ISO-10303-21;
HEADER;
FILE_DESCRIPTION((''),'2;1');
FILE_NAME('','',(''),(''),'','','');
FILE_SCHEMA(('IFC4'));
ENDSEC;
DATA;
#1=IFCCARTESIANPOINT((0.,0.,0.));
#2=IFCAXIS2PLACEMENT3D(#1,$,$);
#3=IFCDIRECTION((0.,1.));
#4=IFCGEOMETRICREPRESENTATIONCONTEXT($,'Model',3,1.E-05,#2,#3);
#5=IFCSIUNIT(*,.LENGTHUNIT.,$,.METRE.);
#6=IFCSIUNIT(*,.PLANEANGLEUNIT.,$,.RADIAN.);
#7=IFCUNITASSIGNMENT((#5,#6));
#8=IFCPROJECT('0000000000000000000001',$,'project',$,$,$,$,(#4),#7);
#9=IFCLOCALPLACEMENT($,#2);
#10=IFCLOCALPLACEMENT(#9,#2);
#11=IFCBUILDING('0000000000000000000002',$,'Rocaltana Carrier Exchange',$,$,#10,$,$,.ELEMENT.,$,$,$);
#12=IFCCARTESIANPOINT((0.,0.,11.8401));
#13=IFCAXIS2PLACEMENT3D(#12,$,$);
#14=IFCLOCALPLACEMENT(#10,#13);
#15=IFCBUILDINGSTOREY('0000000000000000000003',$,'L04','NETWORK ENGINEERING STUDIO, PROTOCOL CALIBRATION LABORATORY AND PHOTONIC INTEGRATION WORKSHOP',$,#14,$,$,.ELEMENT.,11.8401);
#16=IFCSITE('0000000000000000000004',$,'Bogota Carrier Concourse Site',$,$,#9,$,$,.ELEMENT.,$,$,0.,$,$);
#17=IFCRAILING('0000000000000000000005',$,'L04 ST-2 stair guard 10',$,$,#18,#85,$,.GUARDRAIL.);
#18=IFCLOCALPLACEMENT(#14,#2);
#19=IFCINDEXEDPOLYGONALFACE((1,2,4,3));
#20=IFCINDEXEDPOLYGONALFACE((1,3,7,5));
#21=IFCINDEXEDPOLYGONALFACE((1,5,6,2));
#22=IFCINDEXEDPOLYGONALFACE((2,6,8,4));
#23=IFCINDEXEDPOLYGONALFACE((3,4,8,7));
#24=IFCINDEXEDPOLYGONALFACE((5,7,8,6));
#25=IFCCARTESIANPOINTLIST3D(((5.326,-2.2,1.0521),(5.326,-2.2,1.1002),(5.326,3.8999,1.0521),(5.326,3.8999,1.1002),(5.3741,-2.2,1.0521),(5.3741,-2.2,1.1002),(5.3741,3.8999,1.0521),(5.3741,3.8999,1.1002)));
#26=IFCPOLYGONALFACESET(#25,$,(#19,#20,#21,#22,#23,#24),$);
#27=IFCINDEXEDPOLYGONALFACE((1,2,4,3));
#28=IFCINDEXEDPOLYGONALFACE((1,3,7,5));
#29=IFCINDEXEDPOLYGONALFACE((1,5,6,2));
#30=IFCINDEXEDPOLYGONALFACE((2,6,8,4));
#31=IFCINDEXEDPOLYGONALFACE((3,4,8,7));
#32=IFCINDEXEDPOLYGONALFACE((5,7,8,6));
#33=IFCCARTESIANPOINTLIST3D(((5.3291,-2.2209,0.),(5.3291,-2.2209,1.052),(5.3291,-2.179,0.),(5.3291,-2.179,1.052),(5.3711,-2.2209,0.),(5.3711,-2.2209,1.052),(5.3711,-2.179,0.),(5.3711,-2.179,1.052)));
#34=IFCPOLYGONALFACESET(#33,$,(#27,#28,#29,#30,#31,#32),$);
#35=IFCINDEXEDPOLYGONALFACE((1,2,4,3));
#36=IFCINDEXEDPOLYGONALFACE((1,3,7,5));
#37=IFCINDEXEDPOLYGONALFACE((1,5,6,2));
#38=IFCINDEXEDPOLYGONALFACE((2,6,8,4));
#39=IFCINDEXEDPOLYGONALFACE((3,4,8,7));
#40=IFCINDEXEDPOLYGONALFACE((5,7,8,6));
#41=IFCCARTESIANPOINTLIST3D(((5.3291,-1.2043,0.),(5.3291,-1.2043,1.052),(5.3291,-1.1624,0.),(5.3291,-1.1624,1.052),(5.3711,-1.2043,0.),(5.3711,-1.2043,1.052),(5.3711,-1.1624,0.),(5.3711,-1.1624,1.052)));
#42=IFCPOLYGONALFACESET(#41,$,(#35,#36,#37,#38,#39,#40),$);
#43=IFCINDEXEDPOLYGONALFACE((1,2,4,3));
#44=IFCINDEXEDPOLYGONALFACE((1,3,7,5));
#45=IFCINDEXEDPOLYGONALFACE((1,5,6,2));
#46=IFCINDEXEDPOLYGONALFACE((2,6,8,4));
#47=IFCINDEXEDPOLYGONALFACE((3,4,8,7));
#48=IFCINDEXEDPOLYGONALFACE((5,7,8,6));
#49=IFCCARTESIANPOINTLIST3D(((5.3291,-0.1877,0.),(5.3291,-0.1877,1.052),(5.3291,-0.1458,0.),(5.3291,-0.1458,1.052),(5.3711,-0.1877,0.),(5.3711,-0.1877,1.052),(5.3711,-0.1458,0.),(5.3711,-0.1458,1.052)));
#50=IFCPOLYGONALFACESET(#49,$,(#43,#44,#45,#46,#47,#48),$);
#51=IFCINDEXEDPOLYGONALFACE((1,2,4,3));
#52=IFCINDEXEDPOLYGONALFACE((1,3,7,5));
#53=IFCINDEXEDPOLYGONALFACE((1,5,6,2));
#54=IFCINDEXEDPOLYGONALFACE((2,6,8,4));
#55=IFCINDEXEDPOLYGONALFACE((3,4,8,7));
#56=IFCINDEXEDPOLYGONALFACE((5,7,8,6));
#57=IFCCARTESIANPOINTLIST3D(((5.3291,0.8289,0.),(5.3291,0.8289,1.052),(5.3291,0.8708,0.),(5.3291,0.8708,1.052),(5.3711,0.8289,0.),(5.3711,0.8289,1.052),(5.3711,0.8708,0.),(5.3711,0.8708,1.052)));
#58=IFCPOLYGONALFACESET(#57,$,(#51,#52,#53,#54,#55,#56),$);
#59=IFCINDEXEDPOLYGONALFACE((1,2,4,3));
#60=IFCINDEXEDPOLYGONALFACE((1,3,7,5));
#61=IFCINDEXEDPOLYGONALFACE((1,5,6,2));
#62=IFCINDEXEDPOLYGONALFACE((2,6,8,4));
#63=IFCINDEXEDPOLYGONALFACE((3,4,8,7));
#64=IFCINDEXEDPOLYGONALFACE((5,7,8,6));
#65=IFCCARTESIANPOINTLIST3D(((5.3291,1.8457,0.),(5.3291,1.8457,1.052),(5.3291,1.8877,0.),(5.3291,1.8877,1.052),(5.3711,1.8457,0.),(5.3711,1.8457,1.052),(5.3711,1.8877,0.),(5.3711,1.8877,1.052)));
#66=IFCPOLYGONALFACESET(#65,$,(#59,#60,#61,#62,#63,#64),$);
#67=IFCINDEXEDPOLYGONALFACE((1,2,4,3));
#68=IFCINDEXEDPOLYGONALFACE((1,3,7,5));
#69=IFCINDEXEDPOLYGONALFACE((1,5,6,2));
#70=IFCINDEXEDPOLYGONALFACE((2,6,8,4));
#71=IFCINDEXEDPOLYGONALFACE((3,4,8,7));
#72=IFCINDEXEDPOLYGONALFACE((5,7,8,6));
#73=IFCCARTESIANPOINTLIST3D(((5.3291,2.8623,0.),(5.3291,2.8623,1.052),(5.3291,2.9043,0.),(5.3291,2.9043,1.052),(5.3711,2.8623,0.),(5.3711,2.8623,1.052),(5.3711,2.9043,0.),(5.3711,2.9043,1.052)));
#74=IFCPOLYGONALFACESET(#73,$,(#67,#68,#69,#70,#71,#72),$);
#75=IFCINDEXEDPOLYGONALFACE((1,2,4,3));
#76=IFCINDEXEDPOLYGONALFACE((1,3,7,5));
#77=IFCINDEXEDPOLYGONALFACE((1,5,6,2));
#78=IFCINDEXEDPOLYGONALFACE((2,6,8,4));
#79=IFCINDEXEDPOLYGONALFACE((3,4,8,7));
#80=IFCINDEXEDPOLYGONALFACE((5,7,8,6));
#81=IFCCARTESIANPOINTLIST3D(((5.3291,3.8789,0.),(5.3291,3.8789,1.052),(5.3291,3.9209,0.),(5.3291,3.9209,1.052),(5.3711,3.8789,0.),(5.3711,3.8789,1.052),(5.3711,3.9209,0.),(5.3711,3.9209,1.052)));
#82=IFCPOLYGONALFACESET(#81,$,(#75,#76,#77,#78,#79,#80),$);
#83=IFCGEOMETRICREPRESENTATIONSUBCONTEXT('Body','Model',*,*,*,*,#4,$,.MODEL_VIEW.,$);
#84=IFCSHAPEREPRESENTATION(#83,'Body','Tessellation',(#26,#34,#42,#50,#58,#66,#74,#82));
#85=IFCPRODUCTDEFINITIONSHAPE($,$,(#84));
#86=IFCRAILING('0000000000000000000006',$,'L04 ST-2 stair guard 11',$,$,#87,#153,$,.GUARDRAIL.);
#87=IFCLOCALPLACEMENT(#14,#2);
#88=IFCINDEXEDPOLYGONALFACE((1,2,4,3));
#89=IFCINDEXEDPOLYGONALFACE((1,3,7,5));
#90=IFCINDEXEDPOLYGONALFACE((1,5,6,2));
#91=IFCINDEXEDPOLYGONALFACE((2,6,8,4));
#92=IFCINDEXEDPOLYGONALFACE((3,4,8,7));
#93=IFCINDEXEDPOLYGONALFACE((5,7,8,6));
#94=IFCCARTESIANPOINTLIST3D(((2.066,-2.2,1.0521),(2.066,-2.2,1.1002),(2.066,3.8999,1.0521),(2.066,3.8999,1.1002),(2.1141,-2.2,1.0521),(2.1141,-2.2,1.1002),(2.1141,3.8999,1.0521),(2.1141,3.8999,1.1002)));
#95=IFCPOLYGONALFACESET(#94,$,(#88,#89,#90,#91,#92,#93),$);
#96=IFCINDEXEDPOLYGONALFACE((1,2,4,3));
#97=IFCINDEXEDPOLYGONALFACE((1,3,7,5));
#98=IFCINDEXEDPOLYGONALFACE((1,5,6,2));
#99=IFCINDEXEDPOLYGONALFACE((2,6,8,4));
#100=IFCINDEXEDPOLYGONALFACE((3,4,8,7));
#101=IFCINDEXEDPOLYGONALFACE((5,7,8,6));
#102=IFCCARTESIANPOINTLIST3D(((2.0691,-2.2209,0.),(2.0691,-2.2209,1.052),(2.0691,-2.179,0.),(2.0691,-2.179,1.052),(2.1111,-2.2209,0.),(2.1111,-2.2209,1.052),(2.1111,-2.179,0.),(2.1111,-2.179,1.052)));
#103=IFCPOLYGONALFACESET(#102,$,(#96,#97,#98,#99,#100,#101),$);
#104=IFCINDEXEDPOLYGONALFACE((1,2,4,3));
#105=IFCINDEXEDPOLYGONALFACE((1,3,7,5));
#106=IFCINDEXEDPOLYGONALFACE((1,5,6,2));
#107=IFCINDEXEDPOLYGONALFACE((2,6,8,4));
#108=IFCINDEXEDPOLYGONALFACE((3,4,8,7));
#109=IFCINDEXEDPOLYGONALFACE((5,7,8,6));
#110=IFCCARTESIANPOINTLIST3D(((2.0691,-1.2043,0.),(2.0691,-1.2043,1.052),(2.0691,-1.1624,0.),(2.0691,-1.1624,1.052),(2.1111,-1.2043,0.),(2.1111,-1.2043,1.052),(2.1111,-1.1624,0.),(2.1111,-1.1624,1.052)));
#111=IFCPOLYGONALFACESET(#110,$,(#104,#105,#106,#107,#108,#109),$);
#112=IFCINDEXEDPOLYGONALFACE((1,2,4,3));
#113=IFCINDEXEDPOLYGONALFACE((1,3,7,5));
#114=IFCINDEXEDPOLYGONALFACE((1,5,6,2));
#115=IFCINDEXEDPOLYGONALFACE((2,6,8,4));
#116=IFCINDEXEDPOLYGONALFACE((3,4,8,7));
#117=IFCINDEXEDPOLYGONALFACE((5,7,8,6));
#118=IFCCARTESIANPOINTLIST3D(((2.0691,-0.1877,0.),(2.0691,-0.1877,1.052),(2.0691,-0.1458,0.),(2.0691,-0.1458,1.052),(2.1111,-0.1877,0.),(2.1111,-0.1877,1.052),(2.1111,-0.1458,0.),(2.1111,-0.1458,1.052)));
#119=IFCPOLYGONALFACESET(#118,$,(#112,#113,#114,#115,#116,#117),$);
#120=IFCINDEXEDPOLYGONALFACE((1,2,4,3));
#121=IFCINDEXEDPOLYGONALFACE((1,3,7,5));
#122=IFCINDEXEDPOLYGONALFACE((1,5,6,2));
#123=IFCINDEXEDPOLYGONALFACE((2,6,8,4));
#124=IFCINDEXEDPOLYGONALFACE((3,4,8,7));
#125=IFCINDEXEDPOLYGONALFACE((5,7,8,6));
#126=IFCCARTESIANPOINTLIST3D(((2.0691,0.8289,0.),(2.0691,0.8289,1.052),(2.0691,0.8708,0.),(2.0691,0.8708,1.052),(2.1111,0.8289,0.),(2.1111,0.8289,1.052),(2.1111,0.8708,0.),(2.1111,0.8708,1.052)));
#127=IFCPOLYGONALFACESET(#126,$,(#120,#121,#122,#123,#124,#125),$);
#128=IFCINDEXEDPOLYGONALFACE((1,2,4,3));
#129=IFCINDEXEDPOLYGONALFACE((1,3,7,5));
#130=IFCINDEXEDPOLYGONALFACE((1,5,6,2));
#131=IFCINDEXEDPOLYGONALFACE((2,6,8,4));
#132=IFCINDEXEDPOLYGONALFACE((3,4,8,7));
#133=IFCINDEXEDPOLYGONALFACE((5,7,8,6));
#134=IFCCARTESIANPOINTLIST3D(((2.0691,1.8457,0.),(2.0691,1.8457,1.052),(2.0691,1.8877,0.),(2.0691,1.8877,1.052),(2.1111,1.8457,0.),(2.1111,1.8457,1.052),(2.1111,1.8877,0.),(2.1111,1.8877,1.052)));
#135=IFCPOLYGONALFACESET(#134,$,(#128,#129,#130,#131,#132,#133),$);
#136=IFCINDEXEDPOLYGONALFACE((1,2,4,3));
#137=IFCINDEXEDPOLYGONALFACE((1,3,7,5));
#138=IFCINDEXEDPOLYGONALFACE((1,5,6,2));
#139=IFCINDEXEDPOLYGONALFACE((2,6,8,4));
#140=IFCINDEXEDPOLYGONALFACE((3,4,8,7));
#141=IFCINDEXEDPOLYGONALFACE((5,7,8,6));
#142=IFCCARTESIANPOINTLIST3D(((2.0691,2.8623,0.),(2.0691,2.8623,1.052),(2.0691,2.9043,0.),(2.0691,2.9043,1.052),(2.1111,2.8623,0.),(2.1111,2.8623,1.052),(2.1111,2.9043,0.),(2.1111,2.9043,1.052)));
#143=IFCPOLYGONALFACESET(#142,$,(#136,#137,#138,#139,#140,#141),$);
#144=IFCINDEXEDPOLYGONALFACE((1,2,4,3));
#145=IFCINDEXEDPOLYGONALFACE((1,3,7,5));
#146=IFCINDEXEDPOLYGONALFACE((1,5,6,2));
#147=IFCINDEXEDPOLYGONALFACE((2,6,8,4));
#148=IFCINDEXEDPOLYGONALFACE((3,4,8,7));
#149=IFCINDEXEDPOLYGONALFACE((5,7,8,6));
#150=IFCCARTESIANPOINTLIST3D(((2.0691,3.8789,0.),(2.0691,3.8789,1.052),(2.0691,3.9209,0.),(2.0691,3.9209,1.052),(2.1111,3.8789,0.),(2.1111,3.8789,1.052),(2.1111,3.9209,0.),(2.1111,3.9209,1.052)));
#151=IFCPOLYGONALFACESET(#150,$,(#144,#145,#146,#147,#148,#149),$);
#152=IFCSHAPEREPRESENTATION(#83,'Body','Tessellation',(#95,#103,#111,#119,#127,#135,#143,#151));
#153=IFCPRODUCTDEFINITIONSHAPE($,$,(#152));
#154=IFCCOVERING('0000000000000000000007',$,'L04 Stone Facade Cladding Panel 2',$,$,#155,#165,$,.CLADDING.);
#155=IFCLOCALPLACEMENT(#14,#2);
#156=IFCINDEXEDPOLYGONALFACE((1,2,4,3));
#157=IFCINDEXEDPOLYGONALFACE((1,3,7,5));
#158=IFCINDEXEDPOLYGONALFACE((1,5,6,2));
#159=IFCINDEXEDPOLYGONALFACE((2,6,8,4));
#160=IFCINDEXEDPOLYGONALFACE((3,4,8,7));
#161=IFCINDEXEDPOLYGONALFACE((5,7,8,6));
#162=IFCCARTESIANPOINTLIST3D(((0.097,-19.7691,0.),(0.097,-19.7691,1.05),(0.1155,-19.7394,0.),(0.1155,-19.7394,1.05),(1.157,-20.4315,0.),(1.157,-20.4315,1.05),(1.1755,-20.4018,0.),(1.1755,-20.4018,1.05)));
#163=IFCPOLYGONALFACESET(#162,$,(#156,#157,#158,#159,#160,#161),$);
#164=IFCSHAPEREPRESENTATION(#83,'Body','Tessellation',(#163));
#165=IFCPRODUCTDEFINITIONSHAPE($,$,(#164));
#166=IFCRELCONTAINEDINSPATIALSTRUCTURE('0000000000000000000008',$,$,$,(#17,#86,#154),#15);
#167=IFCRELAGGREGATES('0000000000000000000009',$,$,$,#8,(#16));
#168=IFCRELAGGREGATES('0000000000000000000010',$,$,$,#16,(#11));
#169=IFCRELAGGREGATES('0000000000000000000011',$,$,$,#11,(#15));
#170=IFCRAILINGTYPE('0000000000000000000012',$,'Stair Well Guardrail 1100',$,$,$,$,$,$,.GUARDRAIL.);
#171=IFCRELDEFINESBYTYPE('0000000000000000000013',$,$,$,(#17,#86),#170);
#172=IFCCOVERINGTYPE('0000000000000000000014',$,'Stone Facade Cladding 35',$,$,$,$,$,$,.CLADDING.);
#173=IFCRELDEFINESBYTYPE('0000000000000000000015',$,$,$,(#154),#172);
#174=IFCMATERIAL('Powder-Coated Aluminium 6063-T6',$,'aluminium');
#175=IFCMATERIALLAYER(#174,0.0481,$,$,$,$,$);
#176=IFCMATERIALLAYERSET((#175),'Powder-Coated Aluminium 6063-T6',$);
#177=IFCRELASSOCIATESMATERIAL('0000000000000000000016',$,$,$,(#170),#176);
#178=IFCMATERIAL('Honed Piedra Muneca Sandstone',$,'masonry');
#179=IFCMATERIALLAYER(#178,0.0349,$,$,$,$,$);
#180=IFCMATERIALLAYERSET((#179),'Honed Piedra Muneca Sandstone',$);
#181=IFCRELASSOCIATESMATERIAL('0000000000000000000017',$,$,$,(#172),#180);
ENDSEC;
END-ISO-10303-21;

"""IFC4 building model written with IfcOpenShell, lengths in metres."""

from ifc_helpers import new_model, si_unit, direction, frame, origin, origin_2d, place, context, subcontext, project, spatial, rectangle, extrude, material, layer, layer_set, type_object, element, save


model = new_model("IFC4")

# Units and contexts
model_context = context("Model", 3, precision=1e-05, world=origin(), true_north=direction((0.0, 1.0)))
body_context = subcontext(model_context, "Body", "Model", "MODEL_VIEW")
ifc_project = project(units=[si_unit("LENGTHUNIT", "METRE"), si_unit("PLANEANGLEUNIT", "RADIAN")], contexts=[model_context])

# Site, building, storey
site_placement = place(None, origin())
site = spatial("IfcSite", under=ifc_project, at=site_placement, Name="Bogota Carrier Concourse Site", CompositionType="ELEMENT", RefElevation=0.0)
building_placement = place(site_placement, origin())
building = spatial("IfcBuilding", under=site, at=building_placement, Name="Rocaltana Carrier Exchange", CompositionType="ELEMENT")
storey_placement = place(building_placement, frame((0.0, 0.0, 11.8401)))
storey = spatial("IfcBuildingStorey", under=building, at=storey_placement, Name="L04", Description="NETWORK ENGINEERING STUDIO, PROTOCOL CALIBRATION LABORATORY AND PHOTONIC INTEGRATION WORKSHOP", CompositionType="ELEMENT", Elevation=11.8401)

# Railings
ifc_material_1 = material(Name="Powder-Coated Aluminium 6063-T6", Category="aluminium")
ifc_layer_1 = layer(ifc_material_1, 0.0481)
ifc_layer_set_1 = layer_set([ifc_layer_1], Name="Powder-Coated Aluminium 6063-T6")
railing_type = type_object("IfcRailingType", Name="Stair Well Guardrail 1100", PredefinedType="GUARDRAIL", material=ifc_layer_set_1)
for number, where, name in (
    (1, (5.3501, -2.2, 0.0), "L04 ST-2 stair guard 10"),
    (2, (2.0901, -2.2, 0.0), "L04 ST-2 stair guard 11"),
):
    element("IfcRailing", number, at=place(storey_placement, frame(where)), inside=storey, type_object=railing_type, Name=name, PredefinedType="GUARDRAIL", context=body_context, shape_type="SweptSolid", body=[
        extrude(rectangle(XDim=0.0481, YDim=0.0481, at=origin_2d()), frame((0.0, 0.0, 1.0762), z_axis=(0.0, 1.0, 0.0), x_axis=(-1.0, 0.0, 0.0)), (0.0, 0.0, 1.0), 6.0999),
        extrude(rectangle(XDim=0.042, YDim=0.042, at=origin_2d()), origin(), (0.0, 0.0, 1.0), 1.052),
        extrude(rectangle(XDim=0.042, YDim=0.042, at=origin_2d()), frame((0.0, 1.0166, 0.0)), (0.0, 0.0, 1.0), 1.052),
        extrude(rectangle(XDim=0.042, YDim=0.042, at=origin_2d()), frame((0.0, 2.0332, 0.0)), (0.0, 0.0, 1.0), 1.052),
        extrude(rectangle(XDim=0.042, YDim=0.042, at=origin_2d()), frame((0.0, 3.0498, 0.0)), (0.0, 0.0, 1.0), 1.052),
        extrude(rectangle(XDim=0.042, YDim=0.042, at=origin_2d()), frame((0.0, 4.0667, 0.0)), (0.0, 0.0, 1.0), 1.052),
        extrude(rectangle(XDim=0.042, YDim=0.042, at=origin_2d()), frame((0.0, 5.0833, 0.0)), (0.0, 0.0, 1.0), 1.052),
        extrude(rectangle(XDim=0.042, YDim=0.042, at=origin_2d()), frame((0.0, 6.0999, 0.0)), (0.0, 0.0, 1.0), 1.052),
    ])

# Covering
ifc_material_2 = material(Name="Honed Piedra Muneca Sandstone", Category="masonry")
ifc_layer_2 = layer(ifc_material_2, 0.0349)
ifc_layer_set_2 = layer_set([ifc_layer_2], Name="Honed Piedra Muneca Sandstone")
covering_type = type_object("IfcCoveringType", Name="Stone Facade Cladding 35", PredefinedType="CLADDING", material=ifc_layer_set_2)
covering_placement = place(storey_placement, frame((0.6362, -20.0854, 0.0), z_axis=(0.0, 0.0, 1.0), x_axis=(-0.848048, 0.529919, 0.0)))
element("IfcCovering", 3, at=covering_placement, inside=storey, type_object=covering_type, Name="L04 Stone Facade Cladding Panel 2", PredefinedType="CLADDING", context=body_context, shape_type="SweptSolid", body=[
    extrude(rectangle(XDim=1.25, YDim=0.0349, at=origin_2d()), origin(), (0.0, 0.0, 1.0), 1.05),
])

save(model, "model.ifc")
